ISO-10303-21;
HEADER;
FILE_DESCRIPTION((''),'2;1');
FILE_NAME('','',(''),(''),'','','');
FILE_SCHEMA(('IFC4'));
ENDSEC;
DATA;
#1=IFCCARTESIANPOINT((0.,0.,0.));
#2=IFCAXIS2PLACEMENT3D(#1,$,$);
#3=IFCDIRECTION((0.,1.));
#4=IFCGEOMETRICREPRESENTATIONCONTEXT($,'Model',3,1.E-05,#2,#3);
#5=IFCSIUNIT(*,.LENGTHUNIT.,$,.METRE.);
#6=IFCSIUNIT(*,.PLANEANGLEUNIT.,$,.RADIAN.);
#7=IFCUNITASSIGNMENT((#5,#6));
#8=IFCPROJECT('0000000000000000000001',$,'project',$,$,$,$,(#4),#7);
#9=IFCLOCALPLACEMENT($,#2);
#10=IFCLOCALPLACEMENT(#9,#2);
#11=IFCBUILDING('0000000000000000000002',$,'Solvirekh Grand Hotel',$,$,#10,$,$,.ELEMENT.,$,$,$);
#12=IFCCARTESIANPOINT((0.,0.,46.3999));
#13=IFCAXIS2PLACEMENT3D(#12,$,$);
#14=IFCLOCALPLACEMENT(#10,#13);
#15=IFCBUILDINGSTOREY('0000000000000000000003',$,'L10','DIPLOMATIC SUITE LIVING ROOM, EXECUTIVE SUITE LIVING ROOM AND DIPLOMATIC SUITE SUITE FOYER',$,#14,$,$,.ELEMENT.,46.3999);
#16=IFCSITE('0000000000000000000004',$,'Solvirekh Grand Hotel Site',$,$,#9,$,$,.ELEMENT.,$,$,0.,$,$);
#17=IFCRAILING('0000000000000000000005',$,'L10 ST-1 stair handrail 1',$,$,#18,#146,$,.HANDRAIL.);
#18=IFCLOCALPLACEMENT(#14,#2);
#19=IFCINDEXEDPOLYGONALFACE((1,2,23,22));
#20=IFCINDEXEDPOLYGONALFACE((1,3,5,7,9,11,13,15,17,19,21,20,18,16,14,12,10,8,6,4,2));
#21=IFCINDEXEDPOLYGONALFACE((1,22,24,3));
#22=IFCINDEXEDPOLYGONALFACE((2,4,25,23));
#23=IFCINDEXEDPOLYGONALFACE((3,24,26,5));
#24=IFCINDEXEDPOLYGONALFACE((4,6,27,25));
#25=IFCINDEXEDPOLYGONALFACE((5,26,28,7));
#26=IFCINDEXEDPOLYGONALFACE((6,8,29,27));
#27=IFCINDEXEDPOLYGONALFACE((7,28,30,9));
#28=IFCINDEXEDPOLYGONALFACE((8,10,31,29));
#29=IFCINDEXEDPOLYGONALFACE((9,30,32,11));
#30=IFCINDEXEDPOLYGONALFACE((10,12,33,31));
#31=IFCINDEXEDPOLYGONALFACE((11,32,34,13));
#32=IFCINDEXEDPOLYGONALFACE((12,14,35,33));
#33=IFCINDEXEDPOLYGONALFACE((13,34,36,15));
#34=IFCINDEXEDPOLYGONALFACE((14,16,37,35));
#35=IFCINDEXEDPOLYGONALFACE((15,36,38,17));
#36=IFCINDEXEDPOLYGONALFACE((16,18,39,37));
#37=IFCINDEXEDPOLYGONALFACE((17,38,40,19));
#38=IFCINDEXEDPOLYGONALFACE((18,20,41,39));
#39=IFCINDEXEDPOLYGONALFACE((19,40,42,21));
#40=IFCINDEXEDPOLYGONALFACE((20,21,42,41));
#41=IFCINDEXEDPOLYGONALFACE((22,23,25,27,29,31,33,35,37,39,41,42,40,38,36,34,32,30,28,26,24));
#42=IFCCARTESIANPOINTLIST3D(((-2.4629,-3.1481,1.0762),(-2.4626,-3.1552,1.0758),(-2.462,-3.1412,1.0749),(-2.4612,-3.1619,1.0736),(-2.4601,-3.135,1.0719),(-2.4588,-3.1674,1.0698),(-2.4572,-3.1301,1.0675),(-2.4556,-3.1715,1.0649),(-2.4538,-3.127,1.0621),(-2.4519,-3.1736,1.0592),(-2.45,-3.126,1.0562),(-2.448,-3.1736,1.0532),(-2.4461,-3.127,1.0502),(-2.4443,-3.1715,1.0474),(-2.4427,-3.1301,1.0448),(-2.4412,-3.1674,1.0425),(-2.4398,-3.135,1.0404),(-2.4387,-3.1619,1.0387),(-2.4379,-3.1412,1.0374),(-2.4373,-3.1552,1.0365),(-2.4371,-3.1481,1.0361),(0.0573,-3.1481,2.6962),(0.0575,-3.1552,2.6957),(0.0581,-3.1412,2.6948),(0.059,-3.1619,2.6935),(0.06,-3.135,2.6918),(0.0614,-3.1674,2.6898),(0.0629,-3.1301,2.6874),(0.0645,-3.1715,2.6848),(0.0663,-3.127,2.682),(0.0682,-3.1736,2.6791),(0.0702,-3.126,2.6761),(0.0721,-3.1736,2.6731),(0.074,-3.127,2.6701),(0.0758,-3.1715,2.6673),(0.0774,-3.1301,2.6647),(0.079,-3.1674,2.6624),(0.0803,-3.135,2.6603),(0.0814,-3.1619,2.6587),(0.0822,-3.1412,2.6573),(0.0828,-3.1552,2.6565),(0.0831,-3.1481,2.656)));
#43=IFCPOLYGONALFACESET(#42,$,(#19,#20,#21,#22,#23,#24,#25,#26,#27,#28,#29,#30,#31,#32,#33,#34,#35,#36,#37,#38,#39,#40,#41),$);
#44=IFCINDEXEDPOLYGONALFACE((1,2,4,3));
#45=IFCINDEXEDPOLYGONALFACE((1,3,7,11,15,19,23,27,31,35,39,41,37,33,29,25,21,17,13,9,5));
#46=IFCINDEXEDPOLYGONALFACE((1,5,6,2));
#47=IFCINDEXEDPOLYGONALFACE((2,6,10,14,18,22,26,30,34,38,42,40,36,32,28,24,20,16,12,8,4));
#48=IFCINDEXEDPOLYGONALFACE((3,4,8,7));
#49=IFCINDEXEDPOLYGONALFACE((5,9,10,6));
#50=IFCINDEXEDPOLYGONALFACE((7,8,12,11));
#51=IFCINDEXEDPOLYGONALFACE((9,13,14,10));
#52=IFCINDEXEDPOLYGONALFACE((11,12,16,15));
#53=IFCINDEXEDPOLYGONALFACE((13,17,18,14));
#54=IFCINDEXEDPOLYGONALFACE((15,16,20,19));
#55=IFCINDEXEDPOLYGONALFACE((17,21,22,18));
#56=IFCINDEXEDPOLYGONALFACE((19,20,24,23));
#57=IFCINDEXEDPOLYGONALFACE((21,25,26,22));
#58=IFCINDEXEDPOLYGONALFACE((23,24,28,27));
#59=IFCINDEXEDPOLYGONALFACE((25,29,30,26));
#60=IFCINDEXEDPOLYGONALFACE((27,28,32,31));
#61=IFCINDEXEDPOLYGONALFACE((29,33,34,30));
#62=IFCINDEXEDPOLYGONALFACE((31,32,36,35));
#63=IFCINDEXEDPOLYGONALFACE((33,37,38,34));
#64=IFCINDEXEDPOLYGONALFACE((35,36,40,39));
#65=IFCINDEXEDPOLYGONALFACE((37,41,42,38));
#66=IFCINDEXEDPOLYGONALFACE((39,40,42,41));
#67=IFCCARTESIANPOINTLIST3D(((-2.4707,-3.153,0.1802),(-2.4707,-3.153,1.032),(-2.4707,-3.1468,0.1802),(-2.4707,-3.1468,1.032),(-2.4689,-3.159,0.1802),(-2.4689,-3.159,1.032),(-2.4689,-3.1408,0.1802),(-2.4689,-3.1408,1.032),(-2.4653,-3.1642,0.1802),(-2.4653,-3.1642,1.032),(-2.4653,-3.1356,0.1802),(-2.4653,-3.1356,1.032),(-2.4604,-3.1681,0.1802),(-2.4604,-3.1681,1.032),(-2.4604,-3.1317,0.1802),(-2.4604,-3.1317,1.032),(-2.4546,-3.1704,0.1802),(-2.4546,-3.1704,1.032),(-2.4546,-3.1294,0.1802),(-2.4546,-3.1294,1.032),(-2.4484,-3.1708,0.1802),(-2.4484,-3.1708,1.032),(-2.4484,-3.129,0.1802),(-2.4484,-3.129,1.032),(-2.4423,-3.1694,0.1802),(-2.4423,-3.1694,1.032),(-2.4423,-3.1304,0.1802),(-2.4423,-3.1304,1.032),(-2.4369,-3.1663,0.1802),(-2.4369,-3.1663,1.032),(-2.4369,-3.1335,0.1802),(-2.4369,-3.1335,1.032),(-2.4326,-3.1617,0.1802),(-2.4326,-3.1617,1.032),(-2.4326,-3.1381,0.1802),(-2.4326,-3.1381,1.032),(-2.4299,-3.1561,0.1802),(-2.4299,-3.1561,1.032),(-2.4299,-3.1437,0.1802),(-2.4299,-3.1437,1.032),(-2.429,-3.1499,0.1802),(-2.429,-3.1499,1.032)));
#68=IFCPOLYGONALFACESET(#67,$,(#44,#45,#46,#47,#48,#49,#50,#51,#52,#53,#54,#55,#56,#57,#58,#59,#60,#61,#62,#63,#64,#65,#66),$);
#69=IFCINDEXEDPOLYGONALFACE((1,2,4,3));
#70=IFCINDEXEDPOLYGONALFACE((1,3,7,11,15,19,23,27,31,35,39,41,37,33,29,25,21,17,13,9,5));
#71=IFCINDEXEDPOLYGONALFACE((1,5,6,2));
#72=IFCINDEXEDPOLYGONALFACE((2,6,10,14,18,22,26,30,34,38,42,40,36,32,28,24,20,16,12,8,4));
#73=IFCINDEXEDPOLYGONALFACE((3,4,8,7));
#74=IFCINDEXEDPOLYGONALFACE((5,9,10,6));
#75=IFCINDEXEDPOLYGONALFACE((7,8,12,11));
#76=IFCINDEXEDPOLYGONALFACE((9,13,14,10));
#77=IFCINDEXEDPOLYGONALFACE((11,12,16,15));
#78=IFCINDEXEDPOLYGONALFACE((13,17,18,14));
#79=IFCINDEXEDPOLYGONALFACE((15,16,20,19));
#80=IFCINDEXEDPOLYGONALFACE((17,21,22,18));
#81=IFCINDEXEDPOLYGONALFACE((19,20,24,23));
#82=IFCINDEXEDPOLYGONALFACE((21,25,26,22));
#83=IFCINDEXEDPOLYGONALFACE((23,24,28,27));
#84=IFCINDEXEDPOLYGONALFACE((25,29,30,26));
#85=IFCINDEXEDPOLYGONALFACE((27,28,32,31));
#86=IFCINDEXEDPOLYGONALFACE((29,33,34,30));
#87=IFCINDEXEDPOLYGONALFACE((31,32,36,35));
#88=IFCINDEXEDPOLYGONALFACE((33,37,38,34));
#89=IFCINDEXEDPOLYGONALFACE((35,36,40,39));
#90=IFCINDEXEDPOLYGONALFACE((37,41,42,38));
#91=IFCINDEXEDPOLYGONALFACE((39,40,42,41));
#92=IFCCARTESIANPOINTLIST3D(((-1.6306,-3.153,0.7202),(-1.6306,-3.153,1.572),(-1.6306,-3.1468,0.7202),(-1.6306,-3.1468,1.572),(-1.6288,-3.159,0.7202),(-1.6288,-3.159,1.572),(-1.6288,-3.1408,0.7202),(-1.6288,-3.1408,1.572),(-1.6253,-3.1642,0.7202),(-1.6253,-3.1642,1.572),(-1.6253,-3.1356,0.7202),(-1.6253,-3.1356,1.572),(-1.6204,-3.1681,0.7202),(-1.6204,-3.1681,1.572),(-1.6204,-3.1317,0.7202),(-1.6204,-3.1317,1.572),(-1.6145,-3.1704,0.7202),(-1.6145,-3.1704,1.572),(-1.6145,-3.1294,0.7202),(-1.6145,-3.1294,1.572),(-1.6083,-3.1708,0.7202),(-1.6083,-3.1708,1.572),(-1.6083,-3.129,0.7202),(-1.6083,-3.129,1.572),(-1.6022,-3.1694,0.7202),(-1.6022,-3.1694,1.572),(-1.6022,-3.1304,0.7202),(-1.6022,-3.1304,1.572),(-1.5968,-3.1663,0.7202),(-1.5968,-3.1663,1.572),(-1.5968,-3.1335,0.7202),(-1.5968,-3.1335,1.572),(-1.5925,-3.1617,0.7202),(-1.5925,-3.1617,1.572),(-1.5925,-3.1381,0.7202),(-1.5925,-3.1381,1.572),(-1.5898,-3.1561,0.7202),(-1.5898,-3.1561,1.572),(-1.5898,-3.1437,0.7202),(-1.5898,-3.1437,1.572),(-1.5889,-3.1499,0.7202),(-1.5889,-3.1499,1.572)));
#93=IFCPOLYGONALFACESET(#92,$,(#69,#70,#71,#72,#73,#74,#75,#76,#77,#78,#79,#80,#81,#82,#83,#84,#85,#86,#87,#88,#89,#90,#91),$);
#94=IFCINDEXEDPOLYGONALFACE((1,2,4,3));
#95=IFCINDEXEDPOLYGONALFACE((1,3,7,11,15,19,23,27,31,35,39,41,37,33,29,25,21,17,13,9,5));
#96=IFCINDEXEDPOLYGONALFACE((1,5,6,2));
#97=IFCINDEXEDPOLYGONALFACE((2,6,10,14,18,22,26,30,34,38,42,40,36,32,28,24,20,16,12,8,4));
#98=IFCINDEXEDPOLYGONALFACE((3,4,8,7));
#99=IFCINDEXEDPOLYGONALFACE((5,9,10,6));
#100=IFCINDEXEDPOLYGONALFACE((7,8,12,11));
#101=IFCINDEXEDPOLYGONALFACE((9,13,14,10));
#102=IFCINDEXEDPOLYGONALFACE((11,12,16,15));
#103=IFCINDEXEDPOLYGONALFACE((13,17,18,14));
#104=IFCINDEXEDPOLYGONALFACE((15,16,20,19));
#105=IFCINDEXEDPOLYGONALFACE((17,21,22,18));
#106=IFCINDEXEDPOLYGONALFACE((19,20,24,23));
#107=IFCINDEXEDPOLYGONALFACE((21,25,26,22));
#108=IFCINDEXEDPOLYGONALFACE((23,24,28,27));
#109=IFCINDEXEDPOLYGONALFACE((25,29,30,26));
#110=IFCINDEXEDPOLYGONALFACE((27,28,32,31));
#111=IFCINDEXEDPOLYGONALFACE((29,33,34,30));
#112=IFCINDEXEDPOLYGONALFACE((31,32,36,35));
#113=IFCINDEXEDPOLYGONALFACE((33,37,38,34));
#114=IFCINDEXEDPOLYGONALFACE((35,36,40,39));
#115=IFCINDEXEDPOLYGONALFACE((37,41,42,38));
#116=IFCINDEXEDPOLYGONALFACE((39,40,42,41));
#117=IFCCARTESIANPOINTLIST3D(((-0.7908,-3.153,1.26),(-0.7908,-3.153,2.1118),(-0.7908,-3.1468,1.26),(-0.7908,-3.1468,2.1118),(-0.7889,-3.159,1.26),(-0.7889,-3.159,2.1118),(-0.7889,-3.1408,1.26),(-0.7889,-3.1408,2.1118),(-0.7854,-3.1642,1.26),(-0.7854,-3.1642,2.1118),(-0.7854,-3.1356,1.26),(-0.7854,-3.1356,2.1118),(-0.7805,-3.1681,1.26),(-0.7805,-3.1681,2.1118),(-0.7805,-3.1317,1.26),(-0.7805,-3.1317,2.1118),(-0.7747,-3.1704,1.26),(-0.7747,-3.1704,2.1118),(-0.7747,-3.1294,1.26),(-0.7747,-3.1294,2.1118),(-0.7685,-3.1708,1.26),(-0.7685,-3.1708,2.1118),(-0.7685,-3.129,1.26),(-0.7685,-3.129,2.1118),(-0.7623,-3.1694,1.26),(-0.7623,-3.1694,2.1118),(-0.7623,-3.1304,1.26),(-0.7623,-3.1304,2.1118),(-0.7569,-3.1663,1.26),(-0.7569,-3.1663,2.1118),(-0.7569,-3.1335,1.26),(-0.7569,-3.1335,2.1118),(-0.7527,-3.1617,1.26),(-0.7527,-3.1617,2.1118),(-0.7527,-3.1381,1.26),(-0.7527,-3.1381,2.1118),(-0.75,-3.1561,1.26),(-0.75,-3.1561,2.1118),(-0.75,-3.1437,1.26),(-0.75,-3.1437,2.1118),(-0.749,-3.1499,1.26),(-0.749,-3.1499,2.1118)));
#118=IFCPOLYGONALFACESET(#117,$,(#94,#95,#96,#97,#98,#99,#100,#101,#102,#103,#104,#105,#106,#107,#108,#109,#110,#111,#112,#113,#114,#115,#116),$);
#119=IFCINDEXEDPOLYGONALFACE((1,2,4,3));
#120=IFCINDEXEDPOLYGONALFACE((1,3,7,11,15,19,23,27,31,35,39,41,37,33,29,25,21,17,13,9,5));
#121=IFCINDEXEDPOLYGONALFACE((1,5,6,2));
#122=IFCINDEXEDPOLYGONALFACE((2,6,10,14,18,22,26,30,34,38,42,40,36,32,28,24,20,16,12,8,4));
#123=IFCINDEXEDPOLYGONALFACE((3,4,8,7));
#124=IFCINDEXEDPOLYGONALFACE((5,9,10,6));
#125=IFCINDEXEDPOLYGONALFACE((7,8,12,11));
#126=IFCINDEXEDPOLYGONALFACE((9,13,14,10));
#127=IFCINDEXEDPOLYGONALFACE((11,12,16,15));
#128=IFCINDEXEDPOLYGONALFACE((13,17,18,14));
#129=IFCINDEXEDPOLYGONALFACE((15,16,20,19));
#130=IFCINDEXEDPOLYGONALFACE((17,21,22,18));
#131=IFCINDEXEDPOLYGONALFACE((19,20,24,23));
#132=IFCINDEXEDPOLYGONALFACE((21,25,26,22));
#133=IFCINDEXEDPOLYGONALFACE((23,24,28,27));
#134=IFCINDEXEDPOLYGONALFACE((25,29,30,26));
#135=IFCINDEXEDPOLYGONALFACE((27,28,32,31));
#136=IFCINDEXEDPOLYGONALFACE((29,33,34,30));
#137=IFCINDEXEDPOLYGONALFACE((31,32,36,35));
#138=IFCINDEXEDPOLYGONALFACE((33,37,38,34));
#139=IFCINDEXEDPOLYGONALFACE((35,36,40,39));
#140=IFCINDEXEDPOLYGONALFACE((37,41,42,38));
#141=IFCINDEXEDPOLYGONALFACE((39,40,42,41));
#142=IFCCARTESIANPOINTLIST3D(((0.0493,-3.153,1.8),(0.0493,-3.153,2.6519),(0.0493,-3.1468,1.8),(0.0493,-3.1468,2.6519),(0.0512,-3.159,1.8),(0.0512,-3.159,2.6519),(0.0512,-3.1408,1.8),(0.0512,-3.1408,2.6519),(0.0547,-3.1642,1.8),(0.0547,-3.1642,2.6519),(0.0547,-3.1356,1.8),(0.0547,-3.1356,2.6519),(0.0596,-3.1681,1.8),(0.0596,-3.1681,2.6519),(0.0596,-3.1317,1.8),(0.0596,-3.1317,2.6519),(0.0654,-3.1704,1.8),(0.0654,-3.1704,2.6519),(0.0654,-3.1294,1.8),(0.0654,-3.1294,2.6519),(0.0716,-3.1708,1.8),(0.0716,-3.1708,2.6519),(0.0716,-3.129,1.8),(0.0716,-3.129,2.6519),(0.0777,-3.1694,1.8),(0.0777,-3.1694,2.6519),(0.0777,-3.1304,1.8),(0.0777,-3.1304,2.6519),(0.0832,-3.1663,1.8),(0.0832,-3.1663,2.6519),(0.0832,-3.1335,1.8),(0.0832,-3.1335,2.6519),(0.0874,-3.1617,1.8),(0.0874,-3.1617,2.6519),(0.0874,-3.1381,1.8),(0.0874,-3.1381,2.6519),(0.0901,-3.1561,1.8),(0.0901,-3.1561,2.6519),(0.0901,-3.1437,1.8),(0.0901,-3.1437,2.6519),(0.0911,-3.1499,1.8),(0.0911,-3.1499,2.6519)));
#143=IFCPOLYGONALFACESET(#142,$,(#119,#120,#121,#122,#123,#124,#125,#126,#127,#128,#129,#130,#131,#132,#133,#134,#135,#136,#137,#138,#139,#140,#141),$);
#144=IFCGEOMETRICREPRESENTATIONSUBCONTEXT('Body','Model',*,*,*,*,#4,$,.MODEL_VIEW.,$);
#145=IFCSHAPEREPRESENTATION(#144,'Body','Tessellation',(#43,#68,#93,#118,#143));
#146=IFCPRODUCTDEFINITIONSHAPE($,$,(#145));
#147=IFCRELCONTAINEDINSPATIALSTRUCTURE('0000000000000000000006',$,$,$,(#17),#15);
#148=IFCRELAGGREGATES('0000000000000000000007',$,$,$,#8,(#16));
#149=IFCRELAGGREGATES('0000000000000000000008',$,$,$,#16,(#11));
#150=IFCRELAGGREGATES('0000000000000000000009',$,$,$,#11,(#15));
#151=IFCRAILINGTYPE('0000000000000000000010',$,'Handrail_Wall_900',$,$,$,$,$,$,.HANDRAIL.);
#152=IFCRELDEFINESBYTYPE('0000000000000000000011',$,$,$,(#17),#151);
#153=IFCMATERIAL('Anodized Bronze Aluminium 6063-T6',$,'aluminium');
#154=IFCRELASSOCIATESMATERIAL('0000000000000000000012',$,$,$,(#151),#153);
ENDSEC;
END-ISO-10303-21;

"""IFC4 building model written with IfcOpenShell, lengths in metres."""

from ifc_helpers import new_model, si_unit, direction, frame, origin, origin_2d, place, context, subcontext, project, spatial, circle, extrude, material, type_object, element, save


model = new_model("IFC4")

# Units and contexts
model_context = context("Model", 3, precision=1e-05, world=origin(), true_north=direction((0.0, 1.0)))
body_context = subcontext(model_context, "Body", "Model", "MODEL_VIEW")
ifc_project = project(units=[si_unit("LENGTHUNIT", "METRE"), si_unit("PLANEANGLEUNIT", "RADIAN")], contexts=[model_context])

# Site, building, storey
site_placement = place(None, origin())
site = spatial("IfcSite", under=ifc_project, at=site_placement, Name="Solvirekh Grand Hotel Site", CompositionType="ELEMENT", RefElevation=0.0)
building_placement = place(site_placement, origin())
building = spatial("IfcBuilding", under=site, at=building_placement, Name="Solvirekh Grand Hotel", CompositionType="ELEMENT")
storey_placement = place(building_placement, frame((0.0, 0.0, 46.3999)))
storey = spatial("IfcBuildingStorey", under=building, at=storey_placement, Name="L10", Description="DIPLOMATIC SUITE LIVING ROOM, EXECUTIVE SUITE LIVING ROOM AND DIPLOMATIC SUITE SUITE FOYER", CompositionType="ELEMENT", Elevation=46.3999)

# Railing
ifc_material_1 = material(Name="Anodized Bronze Aluminium 6063-T6", Category="aluminium")
railing_type_1 = type_object("IfcRailingType", Name="Handrail_Wall_900", PredefinedType="HANDRAIL", material=ifc_material_1)
railing_1_placement = place(storey_placement, frame((-2.45, -3.1499, 0.1802)))
element("IfcRailing", 1, at=railing_1_placement, inside=storey, type_object=railing_type_1, Name="L10 ST-1 stair handrail 1", PredefinedType="HANDRAIL", context=body_context, shape_type="SweptSolid", body=[
    extrude(circle(Radius=0.0239, at=origin_2d()), frame((0.0, 0.0, 0.876), z_axis=(0.8412, 0.0, 0.540725), x_axis=(0.0, 1.0, 0.0)), (0.0, 0.0, 1.0), 2.9958),
    extrude(circle(Radius=0.021, at=origin_2d()), origin(), (0.0, 0.0, 1.0), 0.8518),
    extrude(circle(Radius=0.021, at=origin_2d()), frame((0.8401, 0.0, 0.54)), (0.0, 0.0, 1.0), 0.8518),
    extrude(circle(Radius=0.021, at=origin_2d()), frame((1.6799, 0.0, 1.0798)), (0.0, 0.0, 1.0), 0.8518),
    extrude(circle(Radius=0.021, at=origin_2d()), frame((2.52, 0.0, 1.6199)), (0.0, 0.0, 1.0), 0.8518),
])

save(model, "model.ifc")
